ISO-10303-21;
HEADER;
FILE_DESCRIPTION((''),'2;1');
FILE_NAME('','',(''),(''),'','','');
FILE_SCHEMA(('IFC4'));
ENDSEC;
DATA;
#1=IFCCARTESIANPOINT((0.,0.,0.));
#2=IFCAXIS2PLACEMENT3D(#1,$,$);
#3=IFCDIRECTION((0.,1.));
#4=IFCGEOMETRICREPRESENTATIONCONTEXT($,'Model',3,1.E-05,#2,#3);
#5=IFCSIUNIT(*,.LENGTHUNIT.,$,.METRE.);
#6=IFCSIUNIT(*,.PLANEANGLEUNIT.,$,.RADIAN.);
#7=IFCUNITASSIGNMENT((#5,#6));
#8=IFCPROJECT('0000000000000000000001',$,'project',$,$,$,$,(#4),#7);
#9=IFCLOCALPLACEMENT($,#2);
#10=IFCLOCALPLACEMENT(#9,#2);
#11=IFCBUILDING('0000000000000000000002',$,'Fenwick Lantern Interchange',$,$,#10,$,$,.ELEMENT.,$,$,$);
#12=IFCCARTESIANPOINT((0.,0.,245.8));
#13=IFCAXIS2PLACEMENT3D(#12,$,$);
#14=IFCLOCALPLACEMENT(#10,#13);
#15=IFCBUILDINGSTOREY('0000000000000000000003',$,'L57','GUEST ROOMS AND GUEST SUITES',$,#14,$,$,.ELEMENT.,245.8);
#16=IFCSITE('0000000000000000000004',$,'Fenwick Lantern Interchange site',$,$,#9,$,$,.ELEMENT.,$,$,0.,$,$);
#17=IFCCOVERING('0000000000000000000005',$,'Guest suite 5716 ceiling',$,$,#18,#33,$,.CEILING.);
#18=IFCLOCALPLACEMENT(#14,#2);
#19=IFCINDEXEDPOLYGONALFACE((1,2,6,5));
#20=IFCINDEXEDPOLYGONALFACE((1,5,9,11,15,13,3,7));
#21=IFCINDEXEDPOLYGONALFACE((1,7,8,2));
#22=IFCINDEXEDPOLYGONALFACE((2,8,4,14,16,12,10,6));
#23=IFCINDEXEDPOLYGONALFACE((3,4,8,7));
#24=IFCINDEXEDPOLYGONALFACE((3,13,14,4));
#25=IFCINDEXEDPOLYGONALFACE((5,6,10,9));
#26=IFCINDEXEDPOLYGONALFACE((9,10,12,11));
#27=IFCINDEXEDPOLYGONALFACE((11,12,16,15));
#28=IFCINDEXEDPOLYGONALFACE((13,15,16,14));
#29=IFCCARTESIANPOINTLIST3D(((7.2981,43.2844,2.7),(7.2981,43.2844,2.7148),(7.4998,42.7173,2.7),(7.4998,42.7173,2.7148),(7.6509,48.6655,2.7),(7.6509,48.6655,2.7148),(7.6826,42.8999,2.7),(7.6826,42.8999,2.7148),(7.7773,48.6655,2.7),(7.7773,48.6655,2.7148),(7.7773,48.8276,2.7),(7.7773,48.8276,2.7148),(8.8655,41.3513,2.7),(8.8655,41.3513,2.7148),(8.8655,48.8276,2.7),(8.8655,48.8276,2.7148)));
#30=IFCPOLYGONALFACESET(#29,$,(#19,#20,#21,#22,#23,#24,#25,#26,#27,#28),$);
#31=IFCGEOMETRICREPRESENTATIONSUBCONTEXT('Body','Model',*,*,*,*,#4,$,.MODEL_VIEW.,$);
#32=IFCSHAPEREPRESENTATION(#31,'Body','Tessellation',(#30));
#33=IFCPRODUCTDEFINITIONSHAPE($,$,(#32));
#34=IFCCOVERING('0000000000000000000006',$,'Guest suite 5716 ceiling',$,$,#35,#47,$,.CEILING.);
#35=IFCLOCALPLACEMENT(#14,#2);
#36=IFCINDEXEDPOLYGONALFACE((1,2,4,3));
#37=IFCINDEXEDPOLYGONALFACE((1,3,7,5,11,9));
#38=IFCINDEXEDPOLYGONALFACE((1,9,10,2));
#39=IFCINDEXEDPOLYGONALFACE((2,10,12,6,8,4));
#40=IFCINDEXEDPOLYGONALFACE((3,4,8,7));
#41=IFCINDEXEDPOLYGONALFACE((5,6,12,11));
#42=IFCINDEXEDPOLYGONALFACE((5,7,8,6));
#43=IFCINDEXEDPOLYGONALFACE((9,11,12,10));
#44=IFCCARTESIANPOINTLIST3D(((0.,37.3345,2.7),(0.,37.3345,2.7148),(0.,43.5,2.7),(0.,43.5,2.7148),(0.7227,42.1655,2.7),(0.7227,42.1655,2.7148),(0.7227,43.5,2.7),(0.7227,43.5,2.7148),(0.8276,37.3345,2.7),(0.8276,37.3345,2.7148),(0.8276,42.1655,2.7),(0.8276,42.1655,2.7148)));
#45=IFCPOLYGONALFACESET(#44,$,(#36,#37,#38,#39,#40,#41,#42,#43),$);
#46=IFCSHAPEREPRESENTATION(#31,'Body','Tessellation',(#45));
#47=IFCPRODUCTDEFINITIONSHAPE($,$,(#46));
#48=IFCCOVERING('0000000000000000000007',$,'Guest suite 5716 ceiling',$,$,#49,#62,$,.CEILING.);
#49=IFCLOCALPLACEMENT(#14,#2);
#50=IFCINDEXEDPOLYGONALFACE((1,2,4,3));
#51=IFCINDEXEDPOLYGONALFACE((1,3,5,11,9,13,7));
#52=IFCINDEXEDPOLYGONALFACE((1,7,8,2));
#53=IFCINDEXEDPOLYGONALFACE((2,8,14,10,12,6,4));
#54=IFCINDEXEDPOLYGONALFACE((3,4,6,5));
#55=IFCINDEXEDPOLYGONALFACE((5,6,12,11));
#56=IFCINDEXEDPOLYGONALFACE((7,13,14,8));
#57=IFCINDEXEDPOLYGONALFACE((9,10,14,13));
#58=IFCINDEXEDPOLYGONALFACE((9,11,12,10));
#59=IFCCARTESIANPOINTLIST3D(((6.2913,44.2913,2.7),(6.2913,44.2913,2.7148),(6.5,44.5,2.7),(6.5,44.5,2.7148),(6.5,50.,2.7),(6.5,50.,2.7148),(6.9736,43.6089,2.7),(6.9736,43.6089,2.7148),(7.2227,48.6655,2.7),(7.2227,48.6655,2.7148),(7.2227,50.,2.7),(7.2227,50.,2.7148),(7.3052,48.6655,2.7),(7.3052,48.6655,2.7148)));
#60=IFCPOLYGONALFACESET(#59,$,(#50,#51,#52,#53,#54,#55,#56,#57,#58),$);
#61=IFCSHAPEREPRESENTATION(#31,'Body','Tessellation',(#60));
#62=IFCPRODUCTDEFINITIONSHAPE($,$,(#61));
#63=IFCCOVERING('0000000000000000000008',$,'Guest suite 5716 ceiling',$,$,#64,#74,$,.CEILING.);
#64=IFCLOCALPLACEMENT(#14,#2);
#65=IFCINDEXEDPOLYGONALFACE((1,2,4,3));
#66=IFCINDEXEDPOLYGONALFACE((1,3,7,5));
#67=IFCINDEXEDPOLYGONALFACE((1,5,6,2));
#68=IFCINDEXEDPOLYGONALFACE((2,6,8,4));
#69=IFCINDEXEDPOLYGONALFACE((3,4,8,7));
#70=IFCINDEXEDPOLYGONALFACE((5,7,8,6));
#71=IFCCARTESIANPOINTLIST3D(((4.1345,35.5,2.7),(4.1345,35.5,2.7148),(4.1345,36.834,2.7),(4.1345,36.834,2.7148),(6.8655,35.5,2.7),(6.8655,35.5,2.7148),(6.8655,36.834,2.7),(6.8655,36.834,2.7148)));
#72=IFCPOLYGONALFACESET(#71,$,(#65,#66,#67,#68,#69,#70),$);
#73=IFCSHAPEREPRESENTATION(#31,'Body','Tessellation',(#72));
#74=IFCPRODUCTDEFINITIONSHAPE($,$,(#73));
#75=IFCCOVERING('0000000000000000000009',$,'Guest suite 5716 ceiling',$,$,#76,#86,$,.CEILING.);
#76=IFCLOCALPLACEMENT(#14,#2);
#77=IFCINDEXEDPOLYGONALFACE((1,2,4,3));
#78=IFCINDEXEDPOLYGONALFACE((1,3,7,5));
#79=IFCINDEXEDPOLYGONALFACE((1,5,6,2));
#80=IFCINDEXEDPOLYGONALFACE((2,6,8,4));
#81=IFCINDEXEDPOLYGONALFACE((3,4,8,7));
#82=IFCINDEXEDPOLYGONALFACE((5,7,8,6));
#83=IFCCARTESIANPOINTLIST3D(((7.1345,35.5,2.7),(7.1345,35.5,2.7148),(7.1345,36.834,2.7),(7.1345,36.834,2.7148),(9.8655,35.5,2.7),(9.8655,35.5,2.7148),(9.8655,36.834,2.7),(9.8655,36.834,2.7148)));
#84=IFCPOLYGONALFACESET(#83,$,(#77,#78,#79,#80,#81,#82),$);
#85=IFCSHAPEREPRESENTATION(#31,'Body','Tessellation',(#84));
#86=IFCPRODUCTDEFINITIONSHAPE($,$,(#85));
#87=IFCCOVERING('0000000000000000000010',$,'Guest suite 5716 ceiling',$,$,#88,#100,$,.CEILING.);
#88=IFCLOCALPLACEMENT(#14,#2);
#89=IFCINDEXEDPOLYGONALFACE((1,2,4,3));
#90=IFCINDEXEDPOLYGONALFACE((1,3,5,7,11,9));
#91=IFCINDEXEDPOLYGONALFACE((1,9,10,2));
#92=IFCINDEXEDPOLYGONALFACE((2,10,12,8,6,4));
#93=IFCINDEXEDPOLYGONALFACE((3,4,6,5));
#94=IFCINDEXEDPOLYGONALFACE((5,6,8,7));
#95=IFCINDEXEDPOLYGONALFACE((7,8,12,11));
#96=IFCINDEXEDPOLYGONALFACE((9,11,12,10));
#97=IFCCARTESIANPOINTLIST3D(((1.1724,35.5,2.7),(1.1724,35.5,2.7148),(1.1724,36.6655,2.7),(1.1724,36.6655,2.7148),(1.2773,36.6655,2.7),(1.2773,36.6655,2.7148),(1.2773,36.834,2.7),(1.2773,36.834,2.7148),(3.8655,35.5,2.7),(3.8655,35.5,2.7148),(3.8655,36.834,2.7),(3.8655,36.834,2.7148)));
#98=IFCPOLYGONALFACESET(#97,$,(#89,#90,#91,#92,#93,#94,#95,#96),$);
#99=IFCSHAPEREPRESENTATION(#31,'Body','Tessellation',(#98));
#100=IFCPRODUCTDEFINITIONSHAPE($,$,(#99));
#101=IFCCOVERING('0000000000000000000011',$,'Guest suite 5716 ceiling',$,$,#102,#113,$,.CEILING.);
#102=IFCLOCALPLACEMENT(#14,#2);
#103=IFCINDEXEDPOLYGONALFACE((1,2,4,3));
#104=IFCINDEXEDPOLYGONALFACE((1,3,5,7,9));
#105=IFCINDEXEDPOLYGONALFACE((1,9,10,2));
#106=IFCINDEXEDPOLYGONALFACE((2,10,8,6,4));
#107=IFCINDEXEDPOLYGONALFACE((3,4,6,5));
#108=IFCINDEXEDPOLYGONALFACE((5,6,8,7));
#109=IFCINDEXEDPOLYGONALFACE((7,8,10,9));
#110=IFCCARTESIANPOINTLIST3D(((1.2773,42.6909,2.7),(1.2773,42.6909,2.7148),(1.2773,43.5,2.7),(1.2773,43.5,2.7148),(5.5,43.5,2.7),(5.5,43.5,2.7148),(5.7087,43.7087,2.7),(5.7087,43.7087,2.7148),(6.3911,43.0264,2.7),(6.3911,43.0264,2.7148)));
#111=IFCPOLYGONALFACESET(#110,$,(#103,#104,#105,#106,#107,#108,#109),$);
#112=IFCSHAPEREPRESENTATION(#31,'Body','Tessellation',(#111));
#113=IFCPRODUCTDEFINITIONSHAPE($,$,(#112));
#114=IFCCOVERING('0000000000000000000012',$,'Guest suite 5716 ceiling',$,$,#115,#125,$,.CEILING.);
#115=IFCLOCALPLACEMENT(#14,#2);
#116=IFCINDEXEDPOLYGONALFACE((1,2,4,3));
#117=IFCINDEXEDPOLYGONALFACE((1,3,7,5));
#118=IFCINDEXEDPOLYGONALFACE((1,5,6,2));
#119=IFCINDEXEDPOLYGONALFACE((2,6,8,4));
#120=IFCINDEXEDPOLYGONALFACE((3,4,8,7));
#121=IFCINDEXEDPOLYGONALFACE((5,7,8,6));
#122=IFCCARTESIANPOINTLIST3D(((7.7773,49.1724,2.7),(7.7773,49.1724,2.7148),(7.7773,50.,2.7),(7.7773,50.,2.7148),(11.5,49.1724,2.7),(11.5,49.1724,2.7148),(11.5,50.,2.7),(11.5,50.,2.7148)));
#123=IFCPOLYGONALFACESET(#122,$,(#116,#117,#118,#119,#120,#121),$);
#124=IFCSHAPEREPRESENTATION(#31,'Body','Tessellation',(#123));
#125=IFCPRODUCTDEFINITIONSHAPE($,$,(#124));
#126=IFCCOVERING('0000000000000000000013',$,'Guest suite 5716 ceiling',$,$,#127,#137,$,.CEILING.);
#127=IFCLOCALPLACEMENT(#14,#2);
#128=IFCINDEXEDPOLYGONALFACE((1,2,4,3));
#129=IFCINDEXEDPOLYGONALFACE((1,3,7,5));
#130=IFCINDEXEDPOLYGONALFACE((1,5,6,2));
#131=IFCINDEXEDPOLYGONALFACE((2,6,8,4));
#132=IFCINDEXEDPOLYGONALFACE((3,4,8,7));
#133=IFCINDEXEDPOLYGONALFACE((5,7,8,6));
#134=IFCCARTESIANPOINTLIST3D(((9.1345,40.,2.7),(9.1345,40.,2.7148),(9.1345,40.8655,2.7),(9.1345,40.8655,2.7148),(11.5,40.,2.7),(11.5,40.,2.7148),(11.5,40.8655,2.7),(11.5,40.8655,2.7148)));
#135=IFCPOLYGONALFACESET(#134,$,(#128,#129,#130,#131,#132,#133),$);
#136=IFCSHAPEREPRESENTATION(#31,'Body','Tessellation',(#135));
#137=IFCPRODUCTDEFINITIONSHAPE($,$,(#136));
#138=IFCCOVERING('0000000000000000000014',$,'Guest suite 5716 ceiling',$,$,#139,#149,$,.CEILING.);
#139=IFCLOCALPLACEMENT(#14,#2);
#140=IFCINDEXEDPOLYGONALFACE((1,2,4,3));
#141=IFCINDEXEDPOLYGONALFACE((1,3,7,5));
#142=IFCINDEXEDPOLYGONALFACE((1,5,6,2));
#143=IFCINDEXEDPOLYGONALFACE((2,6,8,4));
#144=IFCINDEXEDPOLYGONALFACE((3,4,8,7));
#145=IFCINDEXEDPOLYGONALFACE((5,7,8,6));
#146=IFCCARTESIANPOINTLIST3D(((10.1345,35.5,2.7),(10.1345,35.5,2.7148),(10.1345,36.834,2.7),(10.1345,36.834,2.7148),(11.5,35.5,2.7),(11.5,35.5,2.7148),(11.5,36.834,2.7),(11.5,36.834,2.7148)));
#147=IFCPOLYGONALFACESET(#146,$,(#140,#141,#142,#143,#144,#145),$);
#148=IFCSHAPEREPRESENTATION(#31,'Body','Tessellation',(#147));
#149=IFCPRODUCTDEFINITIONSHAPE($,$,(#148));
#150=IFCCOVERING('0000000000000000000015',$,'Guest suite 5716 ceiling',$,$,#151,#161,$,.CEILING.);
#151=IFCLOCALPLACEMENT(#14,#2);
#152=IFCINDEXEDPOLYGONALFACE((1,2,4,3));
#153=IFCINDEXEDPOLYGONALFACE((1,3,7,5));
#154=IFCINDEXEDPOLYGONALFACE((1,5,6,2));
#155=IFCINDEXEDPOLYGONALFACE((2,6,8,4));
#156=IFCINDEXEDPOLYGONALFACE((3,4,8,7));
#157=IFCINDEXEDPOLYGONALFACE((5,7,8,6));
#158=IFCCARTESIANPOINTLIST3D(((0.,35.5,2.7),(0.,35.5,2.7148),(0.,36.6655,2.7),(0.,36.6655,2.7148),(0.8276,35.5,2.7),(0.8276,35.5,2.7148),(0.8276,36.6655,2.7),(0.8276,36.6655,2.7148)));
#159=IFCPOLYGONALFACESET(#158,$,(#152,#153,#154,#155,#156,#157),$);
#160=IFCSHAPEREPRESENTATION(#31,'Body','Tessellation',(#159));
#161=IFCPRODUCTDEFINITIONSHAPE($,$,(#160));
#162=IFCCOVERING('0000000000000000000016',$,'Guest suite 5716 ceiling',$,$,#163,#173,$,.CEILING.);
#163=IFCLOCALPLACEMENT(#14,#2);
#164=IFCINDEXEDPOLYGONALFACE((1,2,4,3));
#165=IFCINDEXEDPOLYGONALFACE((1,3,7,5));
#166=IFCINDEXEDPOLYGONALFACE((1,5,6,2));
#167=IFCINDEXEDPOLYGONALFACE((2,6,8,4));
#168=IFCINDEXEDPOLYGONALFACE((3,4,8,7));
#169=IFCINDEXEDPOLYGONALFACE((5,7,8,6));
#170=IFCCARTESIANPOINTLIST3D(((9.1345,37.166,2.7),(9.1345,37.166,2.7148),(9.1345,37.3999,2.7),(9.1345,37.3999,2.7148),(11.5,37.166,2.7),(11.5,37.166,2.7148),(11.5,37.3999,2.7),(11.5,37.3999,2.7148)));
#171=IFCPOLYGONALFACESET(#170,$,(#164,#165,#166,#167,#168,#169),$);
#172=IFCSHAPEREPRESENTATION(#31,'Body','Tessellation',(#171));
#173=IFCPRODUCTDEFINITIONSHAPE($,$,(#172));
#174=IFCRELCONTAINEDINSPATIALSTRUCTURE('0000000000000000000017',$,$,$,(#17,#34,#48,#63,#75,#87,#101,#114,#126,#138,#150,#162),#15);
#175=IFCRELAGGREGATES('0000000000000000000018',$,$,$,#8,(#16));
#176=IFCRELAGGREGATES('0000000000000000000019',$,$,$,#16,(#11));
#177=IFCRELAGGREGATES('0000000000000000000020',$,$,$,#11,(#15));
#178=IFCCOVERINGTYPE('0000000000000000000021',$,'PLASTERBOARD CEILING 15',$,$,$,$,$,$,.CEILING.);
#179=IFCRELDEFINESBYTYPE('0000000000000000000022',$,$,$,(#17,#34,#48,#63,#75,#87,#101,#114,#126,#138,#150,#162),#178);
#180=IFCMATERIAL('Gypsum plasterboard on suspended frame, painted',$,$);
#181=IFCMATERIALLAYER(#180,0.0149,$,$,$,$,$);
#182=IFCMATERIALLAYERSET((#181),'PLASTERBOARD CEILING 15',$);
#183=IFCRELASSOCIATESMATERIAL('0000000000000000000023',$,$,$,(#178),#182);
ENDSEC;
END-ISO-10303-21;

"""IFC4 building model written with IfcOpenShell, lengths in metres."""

from ifc_helpers import new_model, si_unit, direction, frame, origin, place, context, subcontext, project, spatial, polyline, outline, extrude, material, layer, layer_set, type_object, element, save


model = new_model("IFC4")

# Units and contexts
model_context = context("Model", 3, precision=1e-05, world=origin(), true_north=direction((0.0, 1.0)))
body_context = subcontext(model_context, "Body", "Model", "MODEL_VIEW")
ifc_project = project(units=[si_unit("LENGTHUNIT", "METRE"), si_unit("PLANEANGLEUNIT", "RADIAN")], contexts=[model_context])

# Site, building, storey
site_placement = place(None, origin())
site = spatial("IfcSite", under=ifc_project, at=site_placement, Name="Fenwick Lantern Interchange site", CompositionType="ELEMENT", RefElevation=0.0)
building_placement = place(site_placement, origin())
building = spatial("IfcBuilding", under=site, at=building_placement, Name="Fenwick Lantern Interchange", CompositionType="ELEMENT")
storey_placement = place(building_placement, frame((0.0, 0.0, 245.8)))
storey = spatial("IfcBuildingStorey", under=building, at=storey_placement, Name="L57", Description="GUEST ROOMS AND GUEST SUITES", CompositionType="ELEMENT", Elevation=245.8)

# Coverings
ifc_material = material(Name="Gypsum plasterboard on suspended frame, painted")
ifc_layer = layer(ifc_material, 0.0149)
ifc_layer_set = layer_set([ifc_layer], Name="PLASTERBOARD CEILING 15")
covering_type = type_object("IfcCoveringType", Name="PLASTERBOARD CEILING 15", PredefinedType="CEILING", material=ifc_layer_set)
covering_1_placement = place(storey_placement, frame((0.0, 0.0, 2.7)))
element("IfcCovering", 1, at=covering_1_placement, inside=storey, type_object=covering_type, Name="Guest suite 5716 ceiling", PredefinedType="CEILING", context=body_context, shape_type="SweptSolid", body=[
    extrude(outline(polyline([(7.7773, 48.6655), (7.6509, 48.6655), (7.2981, 43.2844), (7.6826, 42.8999), (7.4998, 42.7173), (8.8655, 41.3513), (8.8655, 48.8276), (7.7773, 48.8276), (7.7773, 48.6655)])), origin(), (0.0, 0.0, 1.0), 0.0149),
])
covering_2_placement = place(storey_placement, frame((0.0, 0.0, 2.7)))
element("IfcCovering", 2, at=covering_2_placement, inside=storey, type_object=covering_type, Name="Guest suite 5716 ceiling", PredefinedType="CEILING", context=body_context, shape_type="SweptSolid", body=[
    extrude(outline(polyline([(0.0, 37.3345), (0.8276, 37.3345), (0.8276, 42.1655), (0.7227, 42.1655), (0.7227, 43.5), (0.0, 43.5), (0.0, 37.3345)])), origin(), (0.0, 0.0, 1.0), 0.0149),
])
covering_3_placement = place(storey_placement, frame((0.0, 0.0, 2.7)))
element("IfcCovering", 3, at=covering_3_placement, inside=storey, type_object=covering_type, Name="Guest suite 5716 ceiling", PredefinedType="CEILING", context=body_context, shape_type="SweptSolid", body=[
    extrude(outline(polyline([(7.3052, 48.6655), (7.2227, 48.6655), (7.2227, 50.0), (6.5, 50.0), (6.5, 44.5), (6.2913, 44.2913), (6.9736, 43.6089), (7.3052, 48.6655)])), origin(), (0.0, 0.0, 1.0), 0.0149),
])
covering_4_placement = place(storey_placement, frame((0.0, 0.0, 2.7)))
element("IfcCovering", 4, at=covering_4_placement, inside=storey, type_object=covering_type, Name="Guest suite 5716 ceiling", PredefinedType="CEILING", context=body_context, shape_type="SweptSolid", body=[
    extrude(outline(polyline([(4.1345, 35.5), (6.8655, 35.5), (6.8655, 36.834), (4.1345, 36.834), (4.1345, 35.5)])), origin(), (0.0, 0.0, 1.0), 0.0149),
])
covering_5_placement = place(storey_placement, frame((0.0, 0.0, 2.7)))
element("IfcCovering", 5, at=covering_5_placement, inside=storey, type_object=covering_type, Name="Guest suite 5716 ceiling", PredefinedType="CEILING", context=body_context, shape_type="SweptSolid", body=[
    extrude(outline(polyline([(7.1345, 35.5), (9.8655, 35.5), (9.8655, 36.834), (7.1345, 36.834), (7.1345, 35.5)])), origin(), (0.0, 0.0, 1.0), 0.0149),
])
covering_6_placement = place(storey_placement, frame((0.0, 0.0, 2.7)))
element("IfcCovering", 6, at=covering_6_placement, inside=storey, type_object=covering_type, Name="Guest suite 5716 ceiling", PredefinedType="CEILING", context=body_context, shape_type="SweptSolid", body=[
    extrude(outline(polyline([(1.1724, 35.5), (3.8655, 35.5), (3.8655, 36.834), (1.2773, 36.834), (1.2773, 36.6655), (1.1724, 36.6655), (1.1724, 35.5)])), origin(), (0.0, 0.0, 1.0), 0.0149),
])
covering_7_placement = place(storey_placement, frame((0.0, 0.0, 2.7)))
element("IfcCovering", 7, at=covering_7_placement, inside=storey, type_object=covering_type, Name="Guest suite 5716 ceiling", PredefinedType="CEILING", context=body_context, shape_type="SweptSolid", body=[
    extrude(outline(polyline([(1.2773, 43.5), (1.2773, 42.6909), (6.3911, 43.0264), (5.7087, 43.7087), (5.5, 43.5), (1.2773, 43.5)])), origin(), (0.0, 0.0, 1.0), 0.0149),
])
covering_8_placement = place(storey_placement, frame((0.0, 0.0, 2.7)))
element("IfcCovering", 8, at=covering_8_placement, inside=storey, type_object=covering_type, Name="Guest suite 5716 ceiling", PredefinedType="CEILING", context=body_context, shape_type="SweptSolid", body=[
    extrude(outline(polyline([(7.7773, 50.0), (7.7773, 49.1724), (11.5, 49.1724), (11.5, 50.0), (7.7773, 50.0)])), origin(), (0.0, 0.0, 1.0), 0.0149),
])
covering_9_placement = place(storey_placement, frame((0.0, 0.0, 2.7)))
element("IfcCovering", 9, at=covering_9_placement, inside=storey, type_object=covering_type, Name="Guest suite 5716 ceiling", PredefinedType="CEILING", context=body_context, shape_type="SweptSolid", body=[
    extrude(outline(polyline([(11.5, 40.0), (11.5, 40.8655), (9.1345, 40.8655), (9.1345, 40.0), (11.5, 40.0)])), origin(), (0.0, 0.0, 1.0), 0.0149),
])
covering_10_placement = place(storey_placement, frame((0.0, 0.0, 2.7)))
element("IfcCovering", 10, at=covering_10_placement, inside=storey, type_object=covering_type, Name="Guest suite 5716 ceiling", PredefinedType="CEILING", context=body_context, shape_type="SweptSolid", body=[
    extrude(outline(polyline([(11.5, 35.5), (11.5, 36.834), (10.1345, 36.834), (10.1345, 35.5), (11.5, 35.5)])), origin(), (0.0, 0.0, 1.0), 0.0149),
])
covering_11_placement = place(storey_placement, frame((0.0, 0.0, 2.7)))
element("IfcCovering", 11, at=covering_11_placement, inside=storey, type_object=covering_type, Name="Guest suite 5716 ceiling", PredefinedType="CEILING", context=body_context, shape_type="SweptSolid", body=[
    extrude(outline(polyline([(0.0, 35.5), (0.8276, 35.5), (0.8276, 36.6655), (0.0, 36.6655), (0.0, 35.5)])), origin(), (0.0, 0.0, 1.0), 0.0149),
])
covering_12_placement = place(storey_placement, frame((0.0, 0.0, 2.7)))
element("IfcCovering", 12, at=covering_12_placement, inside=storey, type_object=covering_type, Name="Guest suite 5716 ceiling", PredefinedType="CEILING", context=body_context, shape_type="SweptSolid", body=[
    extrude(outline(polyline([(11.5, 37.3999), (9.1345, 37.3999), (9.1345, 37.166), (11.5, 37.166), (11.5, 37.3999)])), origin(), (0.0, 0.0, 1.0), 0.0149),
])

save(model, "model.ifc")
